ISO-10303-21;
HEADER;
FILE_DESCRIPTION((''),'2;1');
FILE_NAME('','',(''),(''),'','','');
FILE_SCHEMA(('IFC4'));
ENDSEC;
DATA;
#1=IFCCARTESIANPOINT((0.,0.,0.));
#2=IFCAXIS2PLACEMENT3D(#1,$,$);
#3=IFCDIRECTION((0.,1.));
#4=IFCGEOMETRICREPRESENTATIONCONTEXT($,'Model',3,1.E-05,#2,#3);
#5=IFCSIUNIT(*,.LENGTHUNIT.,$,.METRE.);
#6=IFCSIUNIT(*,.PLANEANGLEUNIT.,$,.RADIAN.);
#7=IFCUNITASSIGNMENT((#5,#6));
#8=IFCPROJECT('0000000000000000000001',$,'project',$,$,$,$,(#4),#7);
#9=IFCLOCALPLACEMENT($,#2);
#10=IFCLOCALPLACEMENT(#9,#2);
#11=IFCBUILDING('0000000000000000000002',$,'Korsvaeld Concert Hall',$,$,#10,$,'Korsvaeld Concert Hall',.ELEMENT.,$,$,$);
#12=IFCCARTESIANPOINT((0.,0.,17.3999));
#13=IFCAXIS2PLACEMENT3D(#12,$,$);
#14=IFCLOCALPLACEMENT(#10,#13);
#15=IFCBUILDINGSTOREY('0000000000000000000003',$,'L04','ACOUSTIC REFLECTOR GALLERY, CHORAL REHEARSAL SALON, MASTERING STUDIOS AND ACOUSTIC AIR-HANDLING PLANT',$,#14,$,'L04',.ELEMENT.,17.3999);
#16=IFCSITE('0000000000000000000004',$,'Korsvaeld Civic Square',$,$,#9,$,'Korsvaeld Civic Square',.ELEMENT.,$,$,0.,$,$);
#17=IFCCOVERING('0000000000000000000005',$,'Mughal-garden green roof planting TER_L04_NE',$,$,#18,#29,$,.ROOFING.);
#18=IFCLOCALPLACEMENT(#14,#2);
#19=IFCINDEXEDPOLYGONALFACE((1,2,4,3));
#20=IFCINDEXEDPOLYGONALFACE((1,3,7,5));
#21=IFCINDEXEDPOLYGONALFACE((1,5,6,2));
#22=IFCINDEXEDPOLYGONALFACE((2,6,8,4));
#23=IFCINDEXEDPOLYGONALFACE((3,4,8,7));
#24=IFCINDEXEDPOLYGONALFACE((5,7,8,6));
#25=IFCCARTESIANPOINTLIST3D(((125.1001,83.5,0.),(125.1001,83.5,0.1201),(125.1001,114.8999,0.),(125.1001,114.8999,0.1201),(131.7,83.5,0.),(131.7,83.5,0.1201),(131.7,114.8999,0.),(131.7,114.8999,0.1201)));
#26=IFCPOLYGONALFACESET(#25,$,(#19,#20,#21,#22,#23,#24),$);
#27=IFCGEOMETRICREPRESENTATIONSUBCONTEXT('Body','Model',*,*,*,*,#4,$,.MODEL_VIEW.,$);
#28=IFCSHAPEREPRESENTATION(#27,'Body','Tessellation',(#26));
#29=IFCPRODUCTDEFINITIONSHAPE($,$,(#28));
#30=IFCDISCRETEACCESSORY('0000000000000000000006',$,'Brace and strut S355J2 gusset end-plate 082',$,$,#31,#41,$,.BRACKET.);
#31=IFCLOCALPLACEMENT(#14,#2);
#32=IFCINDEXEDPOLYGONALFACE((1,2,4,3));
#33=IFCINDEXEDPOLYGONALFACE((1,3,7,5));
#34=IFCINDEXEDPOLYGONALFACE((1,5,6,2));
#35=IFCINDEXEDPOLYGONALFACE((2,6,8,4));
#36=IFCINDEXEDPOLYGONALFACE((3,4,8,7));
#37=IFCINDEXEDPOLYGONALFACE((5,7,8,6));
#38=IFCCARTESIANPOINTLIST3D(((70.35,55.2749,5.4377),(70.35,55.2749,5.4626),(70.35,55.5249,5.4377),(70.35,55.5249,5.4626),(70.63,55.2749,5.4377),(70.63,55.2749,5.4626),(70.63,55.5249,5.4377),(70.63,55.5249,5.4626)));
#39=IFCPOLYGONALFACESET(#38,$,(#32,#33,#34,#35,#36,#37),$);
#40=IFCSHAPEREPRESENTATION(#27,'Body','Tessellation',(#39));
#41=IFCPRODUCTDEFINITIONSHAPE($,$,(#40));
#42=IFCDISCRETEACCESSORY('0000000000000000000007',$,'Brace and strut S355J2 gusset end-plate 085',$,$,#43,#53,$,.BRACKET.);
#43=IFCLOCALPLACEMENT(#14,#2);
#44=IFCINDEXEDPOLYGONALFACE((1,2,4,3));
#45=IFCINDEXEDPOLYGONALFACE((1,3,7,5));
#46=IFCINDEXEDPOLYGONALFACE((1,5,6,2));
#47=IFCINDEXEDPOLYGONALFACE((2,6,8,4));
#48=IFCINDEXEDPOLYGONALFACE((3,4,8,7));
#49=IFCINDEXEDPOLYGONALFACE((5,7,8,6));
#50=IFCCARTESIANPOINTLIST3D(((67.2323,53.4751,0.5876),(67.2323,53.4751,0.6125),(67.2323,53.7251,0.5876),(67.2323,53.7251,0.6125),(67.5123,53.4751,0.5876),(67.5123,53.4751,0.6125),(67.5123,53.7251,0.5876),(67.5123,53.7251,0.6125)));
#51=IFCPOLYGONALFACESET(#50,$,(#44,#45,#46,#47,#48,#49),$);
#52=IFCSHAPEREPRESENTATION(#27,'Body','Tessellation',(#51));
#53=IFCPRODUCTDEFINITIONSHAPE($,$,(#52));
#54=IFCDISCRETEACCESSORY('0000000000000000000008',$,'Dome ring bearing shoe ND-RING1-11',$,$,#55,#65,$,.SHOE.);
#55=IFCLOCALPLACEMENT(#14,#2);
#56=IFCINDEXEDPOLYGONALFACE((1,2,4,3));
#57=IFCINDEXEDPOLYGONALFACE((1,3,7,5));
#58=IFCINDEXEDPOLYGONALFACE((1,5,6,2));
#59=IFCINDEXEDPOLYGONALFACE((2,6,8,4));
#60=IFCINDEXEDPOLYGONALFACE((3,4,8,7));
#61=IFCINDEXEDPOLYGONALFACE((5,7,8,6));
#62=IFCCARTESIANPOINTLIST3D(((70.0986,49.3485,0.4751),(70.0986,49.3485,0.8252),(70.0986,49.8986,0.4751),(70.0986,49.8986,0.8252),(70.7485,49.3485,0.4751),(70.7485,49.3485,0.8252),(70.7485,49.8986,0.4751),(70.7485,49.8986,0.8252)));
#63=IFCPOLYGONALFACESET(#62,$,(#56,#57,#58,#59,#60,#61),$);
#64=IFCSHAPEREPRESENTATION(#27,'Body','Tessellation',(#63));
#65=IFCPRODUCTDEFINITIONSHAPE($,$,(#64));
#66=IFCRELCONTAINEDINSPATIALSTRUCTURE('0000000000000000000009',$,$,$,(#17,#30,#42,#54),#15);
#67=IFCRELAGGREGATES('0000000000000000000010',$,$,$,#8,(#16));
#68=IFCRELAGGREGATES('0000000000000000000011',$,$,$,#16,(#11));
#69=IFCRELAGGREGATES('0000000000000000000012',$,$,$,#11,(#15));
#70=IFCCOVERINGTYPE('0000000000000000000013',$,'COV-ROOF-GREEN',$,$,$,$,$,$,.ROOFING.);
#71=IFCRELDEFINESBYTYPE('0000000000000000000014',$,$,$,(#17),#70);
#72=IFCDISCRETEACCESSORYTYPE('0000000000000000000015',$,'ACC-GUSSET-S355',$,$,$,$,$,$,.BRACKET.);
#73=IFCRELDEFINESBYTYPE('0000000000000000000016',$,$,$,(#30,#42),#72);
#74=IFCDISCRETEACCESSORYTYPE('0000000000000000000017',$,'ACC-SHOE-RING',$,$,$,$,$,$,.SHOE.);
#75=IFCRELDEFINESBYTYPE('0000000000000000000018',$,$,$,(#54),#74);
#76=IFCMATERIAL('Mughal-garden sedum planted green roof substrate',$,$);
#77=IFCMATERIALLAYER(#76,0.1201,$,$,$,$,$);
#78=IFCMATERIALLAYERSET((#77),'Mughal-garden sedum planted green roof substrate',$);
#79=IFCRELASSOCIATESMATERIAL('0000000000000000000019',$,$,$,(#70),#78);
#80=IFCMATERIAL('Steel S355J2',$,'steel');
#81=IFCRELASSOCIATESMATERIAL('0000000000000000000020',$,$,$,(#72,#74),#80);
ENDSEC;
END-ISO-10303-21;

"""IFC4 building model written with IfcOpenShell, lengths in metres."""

from ifc_helpers import new_model, si_unit, direction, frame, origin, origin_2d, place, context, subcontext, project, spatial, polyline, rectangle, outline, extrude, material, layer, layer_set, type_object, element, save


model = new_model("IFC4")

# Units and contexts
model_context = context("Model", 3, precision=1e-05, world=origin(), true_north=direction((0.0, 1.0)))
body_context = subcontext(model_context, "Body", "Model", "MODEL_VIEW")
ifc_project = project(units=[si_unit("LENGTHUNIT", "METRE"), si_unit("PLANEANGLEUNIT", "RADIAN")], contexts=[model_context])

# Site, building, storey
site_placement = place(None, origin())
site = spatial("IfcSite", under=ifc_project, at=site_placement, Name="Korsvaeld Civic Square", LongName="Korsvaeld Civic Square", CompositionType="ELEMENT", RefElevation=0.0)
building_placement = place(site_placement, origin())
building = spatial("IfcBuilding", under=site, at=building_placement, Name="Korsvaeld Concert Hall", LongName="Korsvaeld Concert Hall", CompositionType="ELEMENT")
storey_placement = place(building_placement, frame((0.0, 0.0, 17.3999)))
storey = spatial("IfcBuildingStorey", under=building, at=storey_placement, Name="L04", Description="ACOUSTIC REFLECTOR GALLERY, CHORAL REHEARSAL SALON, MASTERING STUDIOS AND ACOUSTIC AIR-HANDLING PLANT", LongName="L04", CompositionType="ELEMENT", Elevation=17.3999)

# Shared definitions
ifc_material_1 = material(Name="Steel S355J2", Category="steel")

# Covering
ifc_material_2 = material(Name="Mughal-garden sedum planted green roof substrate")
ifc_layer_1 = layer(ifc_material_2, 0.1201)
ifc_layer_set_1 = layer_set([ifc_layer_1], Name="Mughal-garden sedum planted green roof substrate")
covering_type_1 = type_object("IfcCoveringType", Name="COV-ROOF-GREEN", PredefinedType="ROOFING", material=ifc_layer_set_1)
covering_1_placement = place(storey_placement, origin())
element("IfcCovering", 1, at=covering_1_placement, inside=storey, type_object=covering_type_1, Name="Mughal-garden green roof planting TER_L04_NE", PredefinedType="ROOFING", context=body_context, shape_type="SweptSolid", body=[
    extrude(outline(polyline([(131.7, 83.5), (131.7, 114.8999), (125.1001, 114.8999), (125.1001, 83.5), (131.7, 83.5)])), origin(), (0.0, 0.0, 1.0), 0.1201),
])

# Discrete accessories
discrete_accessory_type_1 = type_object("IfcDiscreteAccessoryType", Name="ACC-GUSSET-S355", PredefinedType="BRACKET", material=ifc_material_1)
for number, where, z_axis, x_axis, name in (
    (2, (70.49, 55.3999, 5.4377), (0.0, 0.0, 1.0), (1.0, 0.0, 0.0), "Brace and strut S355J2 gusset end-plate 082"),
    (3, (67.3723, 53.6001, 0.5876), (0.0, 0.0, 1.0), (1.0, 0.0, 0.0), "Brace and strut S355J2 gusset end-plate 085"),
):
    element("IfcDiscreteAccessory", number, at=place(storey_placement, frame(where, z_axis=z_axis, x_axis=x_axis)), inside=storey, type_object=discrete_accessory_type_1, Name=name, PredefinedType="BRACKET", context=body_context, shape_type="SweptSolid", body=[
        extrude(rectangle(XDim=0.28, YDim=0.25, at=origin_2d()), origin(), (0.0, 0.0, 1.0), 0.0249),
    ])
discrete_accessory_type_2 = type_object("IfcDiscreteAccessoryType", Name="ACC-SHOE-RING", PredefinedType="SHOE", material=ifc_material_1)
discrete_accessory_placement = place(storey_placement, frame((70.4236, 49.6235, 0.4751), z_axis=(0.0, 0.0, 1.0), x_axis=(1.0, 0.0, 0.0)))
element("IfcDiscreteAccessory", 4, at=discrete_accessory_placement, inside=storey, type_object=discrete_accessory_type_2, Name="Dome ring bearing shoe ND-RING1-11", PredefinedType="SHOE", context=body_context, shape_type="SweptSolid", body=[
    extrude(rectangle(XDim=0.6499, YDim=0.55, at=origin_2d()), origin(), (0.0, 0.0, 1.0), 0.3501),
])

save(model, "model.ifc")
